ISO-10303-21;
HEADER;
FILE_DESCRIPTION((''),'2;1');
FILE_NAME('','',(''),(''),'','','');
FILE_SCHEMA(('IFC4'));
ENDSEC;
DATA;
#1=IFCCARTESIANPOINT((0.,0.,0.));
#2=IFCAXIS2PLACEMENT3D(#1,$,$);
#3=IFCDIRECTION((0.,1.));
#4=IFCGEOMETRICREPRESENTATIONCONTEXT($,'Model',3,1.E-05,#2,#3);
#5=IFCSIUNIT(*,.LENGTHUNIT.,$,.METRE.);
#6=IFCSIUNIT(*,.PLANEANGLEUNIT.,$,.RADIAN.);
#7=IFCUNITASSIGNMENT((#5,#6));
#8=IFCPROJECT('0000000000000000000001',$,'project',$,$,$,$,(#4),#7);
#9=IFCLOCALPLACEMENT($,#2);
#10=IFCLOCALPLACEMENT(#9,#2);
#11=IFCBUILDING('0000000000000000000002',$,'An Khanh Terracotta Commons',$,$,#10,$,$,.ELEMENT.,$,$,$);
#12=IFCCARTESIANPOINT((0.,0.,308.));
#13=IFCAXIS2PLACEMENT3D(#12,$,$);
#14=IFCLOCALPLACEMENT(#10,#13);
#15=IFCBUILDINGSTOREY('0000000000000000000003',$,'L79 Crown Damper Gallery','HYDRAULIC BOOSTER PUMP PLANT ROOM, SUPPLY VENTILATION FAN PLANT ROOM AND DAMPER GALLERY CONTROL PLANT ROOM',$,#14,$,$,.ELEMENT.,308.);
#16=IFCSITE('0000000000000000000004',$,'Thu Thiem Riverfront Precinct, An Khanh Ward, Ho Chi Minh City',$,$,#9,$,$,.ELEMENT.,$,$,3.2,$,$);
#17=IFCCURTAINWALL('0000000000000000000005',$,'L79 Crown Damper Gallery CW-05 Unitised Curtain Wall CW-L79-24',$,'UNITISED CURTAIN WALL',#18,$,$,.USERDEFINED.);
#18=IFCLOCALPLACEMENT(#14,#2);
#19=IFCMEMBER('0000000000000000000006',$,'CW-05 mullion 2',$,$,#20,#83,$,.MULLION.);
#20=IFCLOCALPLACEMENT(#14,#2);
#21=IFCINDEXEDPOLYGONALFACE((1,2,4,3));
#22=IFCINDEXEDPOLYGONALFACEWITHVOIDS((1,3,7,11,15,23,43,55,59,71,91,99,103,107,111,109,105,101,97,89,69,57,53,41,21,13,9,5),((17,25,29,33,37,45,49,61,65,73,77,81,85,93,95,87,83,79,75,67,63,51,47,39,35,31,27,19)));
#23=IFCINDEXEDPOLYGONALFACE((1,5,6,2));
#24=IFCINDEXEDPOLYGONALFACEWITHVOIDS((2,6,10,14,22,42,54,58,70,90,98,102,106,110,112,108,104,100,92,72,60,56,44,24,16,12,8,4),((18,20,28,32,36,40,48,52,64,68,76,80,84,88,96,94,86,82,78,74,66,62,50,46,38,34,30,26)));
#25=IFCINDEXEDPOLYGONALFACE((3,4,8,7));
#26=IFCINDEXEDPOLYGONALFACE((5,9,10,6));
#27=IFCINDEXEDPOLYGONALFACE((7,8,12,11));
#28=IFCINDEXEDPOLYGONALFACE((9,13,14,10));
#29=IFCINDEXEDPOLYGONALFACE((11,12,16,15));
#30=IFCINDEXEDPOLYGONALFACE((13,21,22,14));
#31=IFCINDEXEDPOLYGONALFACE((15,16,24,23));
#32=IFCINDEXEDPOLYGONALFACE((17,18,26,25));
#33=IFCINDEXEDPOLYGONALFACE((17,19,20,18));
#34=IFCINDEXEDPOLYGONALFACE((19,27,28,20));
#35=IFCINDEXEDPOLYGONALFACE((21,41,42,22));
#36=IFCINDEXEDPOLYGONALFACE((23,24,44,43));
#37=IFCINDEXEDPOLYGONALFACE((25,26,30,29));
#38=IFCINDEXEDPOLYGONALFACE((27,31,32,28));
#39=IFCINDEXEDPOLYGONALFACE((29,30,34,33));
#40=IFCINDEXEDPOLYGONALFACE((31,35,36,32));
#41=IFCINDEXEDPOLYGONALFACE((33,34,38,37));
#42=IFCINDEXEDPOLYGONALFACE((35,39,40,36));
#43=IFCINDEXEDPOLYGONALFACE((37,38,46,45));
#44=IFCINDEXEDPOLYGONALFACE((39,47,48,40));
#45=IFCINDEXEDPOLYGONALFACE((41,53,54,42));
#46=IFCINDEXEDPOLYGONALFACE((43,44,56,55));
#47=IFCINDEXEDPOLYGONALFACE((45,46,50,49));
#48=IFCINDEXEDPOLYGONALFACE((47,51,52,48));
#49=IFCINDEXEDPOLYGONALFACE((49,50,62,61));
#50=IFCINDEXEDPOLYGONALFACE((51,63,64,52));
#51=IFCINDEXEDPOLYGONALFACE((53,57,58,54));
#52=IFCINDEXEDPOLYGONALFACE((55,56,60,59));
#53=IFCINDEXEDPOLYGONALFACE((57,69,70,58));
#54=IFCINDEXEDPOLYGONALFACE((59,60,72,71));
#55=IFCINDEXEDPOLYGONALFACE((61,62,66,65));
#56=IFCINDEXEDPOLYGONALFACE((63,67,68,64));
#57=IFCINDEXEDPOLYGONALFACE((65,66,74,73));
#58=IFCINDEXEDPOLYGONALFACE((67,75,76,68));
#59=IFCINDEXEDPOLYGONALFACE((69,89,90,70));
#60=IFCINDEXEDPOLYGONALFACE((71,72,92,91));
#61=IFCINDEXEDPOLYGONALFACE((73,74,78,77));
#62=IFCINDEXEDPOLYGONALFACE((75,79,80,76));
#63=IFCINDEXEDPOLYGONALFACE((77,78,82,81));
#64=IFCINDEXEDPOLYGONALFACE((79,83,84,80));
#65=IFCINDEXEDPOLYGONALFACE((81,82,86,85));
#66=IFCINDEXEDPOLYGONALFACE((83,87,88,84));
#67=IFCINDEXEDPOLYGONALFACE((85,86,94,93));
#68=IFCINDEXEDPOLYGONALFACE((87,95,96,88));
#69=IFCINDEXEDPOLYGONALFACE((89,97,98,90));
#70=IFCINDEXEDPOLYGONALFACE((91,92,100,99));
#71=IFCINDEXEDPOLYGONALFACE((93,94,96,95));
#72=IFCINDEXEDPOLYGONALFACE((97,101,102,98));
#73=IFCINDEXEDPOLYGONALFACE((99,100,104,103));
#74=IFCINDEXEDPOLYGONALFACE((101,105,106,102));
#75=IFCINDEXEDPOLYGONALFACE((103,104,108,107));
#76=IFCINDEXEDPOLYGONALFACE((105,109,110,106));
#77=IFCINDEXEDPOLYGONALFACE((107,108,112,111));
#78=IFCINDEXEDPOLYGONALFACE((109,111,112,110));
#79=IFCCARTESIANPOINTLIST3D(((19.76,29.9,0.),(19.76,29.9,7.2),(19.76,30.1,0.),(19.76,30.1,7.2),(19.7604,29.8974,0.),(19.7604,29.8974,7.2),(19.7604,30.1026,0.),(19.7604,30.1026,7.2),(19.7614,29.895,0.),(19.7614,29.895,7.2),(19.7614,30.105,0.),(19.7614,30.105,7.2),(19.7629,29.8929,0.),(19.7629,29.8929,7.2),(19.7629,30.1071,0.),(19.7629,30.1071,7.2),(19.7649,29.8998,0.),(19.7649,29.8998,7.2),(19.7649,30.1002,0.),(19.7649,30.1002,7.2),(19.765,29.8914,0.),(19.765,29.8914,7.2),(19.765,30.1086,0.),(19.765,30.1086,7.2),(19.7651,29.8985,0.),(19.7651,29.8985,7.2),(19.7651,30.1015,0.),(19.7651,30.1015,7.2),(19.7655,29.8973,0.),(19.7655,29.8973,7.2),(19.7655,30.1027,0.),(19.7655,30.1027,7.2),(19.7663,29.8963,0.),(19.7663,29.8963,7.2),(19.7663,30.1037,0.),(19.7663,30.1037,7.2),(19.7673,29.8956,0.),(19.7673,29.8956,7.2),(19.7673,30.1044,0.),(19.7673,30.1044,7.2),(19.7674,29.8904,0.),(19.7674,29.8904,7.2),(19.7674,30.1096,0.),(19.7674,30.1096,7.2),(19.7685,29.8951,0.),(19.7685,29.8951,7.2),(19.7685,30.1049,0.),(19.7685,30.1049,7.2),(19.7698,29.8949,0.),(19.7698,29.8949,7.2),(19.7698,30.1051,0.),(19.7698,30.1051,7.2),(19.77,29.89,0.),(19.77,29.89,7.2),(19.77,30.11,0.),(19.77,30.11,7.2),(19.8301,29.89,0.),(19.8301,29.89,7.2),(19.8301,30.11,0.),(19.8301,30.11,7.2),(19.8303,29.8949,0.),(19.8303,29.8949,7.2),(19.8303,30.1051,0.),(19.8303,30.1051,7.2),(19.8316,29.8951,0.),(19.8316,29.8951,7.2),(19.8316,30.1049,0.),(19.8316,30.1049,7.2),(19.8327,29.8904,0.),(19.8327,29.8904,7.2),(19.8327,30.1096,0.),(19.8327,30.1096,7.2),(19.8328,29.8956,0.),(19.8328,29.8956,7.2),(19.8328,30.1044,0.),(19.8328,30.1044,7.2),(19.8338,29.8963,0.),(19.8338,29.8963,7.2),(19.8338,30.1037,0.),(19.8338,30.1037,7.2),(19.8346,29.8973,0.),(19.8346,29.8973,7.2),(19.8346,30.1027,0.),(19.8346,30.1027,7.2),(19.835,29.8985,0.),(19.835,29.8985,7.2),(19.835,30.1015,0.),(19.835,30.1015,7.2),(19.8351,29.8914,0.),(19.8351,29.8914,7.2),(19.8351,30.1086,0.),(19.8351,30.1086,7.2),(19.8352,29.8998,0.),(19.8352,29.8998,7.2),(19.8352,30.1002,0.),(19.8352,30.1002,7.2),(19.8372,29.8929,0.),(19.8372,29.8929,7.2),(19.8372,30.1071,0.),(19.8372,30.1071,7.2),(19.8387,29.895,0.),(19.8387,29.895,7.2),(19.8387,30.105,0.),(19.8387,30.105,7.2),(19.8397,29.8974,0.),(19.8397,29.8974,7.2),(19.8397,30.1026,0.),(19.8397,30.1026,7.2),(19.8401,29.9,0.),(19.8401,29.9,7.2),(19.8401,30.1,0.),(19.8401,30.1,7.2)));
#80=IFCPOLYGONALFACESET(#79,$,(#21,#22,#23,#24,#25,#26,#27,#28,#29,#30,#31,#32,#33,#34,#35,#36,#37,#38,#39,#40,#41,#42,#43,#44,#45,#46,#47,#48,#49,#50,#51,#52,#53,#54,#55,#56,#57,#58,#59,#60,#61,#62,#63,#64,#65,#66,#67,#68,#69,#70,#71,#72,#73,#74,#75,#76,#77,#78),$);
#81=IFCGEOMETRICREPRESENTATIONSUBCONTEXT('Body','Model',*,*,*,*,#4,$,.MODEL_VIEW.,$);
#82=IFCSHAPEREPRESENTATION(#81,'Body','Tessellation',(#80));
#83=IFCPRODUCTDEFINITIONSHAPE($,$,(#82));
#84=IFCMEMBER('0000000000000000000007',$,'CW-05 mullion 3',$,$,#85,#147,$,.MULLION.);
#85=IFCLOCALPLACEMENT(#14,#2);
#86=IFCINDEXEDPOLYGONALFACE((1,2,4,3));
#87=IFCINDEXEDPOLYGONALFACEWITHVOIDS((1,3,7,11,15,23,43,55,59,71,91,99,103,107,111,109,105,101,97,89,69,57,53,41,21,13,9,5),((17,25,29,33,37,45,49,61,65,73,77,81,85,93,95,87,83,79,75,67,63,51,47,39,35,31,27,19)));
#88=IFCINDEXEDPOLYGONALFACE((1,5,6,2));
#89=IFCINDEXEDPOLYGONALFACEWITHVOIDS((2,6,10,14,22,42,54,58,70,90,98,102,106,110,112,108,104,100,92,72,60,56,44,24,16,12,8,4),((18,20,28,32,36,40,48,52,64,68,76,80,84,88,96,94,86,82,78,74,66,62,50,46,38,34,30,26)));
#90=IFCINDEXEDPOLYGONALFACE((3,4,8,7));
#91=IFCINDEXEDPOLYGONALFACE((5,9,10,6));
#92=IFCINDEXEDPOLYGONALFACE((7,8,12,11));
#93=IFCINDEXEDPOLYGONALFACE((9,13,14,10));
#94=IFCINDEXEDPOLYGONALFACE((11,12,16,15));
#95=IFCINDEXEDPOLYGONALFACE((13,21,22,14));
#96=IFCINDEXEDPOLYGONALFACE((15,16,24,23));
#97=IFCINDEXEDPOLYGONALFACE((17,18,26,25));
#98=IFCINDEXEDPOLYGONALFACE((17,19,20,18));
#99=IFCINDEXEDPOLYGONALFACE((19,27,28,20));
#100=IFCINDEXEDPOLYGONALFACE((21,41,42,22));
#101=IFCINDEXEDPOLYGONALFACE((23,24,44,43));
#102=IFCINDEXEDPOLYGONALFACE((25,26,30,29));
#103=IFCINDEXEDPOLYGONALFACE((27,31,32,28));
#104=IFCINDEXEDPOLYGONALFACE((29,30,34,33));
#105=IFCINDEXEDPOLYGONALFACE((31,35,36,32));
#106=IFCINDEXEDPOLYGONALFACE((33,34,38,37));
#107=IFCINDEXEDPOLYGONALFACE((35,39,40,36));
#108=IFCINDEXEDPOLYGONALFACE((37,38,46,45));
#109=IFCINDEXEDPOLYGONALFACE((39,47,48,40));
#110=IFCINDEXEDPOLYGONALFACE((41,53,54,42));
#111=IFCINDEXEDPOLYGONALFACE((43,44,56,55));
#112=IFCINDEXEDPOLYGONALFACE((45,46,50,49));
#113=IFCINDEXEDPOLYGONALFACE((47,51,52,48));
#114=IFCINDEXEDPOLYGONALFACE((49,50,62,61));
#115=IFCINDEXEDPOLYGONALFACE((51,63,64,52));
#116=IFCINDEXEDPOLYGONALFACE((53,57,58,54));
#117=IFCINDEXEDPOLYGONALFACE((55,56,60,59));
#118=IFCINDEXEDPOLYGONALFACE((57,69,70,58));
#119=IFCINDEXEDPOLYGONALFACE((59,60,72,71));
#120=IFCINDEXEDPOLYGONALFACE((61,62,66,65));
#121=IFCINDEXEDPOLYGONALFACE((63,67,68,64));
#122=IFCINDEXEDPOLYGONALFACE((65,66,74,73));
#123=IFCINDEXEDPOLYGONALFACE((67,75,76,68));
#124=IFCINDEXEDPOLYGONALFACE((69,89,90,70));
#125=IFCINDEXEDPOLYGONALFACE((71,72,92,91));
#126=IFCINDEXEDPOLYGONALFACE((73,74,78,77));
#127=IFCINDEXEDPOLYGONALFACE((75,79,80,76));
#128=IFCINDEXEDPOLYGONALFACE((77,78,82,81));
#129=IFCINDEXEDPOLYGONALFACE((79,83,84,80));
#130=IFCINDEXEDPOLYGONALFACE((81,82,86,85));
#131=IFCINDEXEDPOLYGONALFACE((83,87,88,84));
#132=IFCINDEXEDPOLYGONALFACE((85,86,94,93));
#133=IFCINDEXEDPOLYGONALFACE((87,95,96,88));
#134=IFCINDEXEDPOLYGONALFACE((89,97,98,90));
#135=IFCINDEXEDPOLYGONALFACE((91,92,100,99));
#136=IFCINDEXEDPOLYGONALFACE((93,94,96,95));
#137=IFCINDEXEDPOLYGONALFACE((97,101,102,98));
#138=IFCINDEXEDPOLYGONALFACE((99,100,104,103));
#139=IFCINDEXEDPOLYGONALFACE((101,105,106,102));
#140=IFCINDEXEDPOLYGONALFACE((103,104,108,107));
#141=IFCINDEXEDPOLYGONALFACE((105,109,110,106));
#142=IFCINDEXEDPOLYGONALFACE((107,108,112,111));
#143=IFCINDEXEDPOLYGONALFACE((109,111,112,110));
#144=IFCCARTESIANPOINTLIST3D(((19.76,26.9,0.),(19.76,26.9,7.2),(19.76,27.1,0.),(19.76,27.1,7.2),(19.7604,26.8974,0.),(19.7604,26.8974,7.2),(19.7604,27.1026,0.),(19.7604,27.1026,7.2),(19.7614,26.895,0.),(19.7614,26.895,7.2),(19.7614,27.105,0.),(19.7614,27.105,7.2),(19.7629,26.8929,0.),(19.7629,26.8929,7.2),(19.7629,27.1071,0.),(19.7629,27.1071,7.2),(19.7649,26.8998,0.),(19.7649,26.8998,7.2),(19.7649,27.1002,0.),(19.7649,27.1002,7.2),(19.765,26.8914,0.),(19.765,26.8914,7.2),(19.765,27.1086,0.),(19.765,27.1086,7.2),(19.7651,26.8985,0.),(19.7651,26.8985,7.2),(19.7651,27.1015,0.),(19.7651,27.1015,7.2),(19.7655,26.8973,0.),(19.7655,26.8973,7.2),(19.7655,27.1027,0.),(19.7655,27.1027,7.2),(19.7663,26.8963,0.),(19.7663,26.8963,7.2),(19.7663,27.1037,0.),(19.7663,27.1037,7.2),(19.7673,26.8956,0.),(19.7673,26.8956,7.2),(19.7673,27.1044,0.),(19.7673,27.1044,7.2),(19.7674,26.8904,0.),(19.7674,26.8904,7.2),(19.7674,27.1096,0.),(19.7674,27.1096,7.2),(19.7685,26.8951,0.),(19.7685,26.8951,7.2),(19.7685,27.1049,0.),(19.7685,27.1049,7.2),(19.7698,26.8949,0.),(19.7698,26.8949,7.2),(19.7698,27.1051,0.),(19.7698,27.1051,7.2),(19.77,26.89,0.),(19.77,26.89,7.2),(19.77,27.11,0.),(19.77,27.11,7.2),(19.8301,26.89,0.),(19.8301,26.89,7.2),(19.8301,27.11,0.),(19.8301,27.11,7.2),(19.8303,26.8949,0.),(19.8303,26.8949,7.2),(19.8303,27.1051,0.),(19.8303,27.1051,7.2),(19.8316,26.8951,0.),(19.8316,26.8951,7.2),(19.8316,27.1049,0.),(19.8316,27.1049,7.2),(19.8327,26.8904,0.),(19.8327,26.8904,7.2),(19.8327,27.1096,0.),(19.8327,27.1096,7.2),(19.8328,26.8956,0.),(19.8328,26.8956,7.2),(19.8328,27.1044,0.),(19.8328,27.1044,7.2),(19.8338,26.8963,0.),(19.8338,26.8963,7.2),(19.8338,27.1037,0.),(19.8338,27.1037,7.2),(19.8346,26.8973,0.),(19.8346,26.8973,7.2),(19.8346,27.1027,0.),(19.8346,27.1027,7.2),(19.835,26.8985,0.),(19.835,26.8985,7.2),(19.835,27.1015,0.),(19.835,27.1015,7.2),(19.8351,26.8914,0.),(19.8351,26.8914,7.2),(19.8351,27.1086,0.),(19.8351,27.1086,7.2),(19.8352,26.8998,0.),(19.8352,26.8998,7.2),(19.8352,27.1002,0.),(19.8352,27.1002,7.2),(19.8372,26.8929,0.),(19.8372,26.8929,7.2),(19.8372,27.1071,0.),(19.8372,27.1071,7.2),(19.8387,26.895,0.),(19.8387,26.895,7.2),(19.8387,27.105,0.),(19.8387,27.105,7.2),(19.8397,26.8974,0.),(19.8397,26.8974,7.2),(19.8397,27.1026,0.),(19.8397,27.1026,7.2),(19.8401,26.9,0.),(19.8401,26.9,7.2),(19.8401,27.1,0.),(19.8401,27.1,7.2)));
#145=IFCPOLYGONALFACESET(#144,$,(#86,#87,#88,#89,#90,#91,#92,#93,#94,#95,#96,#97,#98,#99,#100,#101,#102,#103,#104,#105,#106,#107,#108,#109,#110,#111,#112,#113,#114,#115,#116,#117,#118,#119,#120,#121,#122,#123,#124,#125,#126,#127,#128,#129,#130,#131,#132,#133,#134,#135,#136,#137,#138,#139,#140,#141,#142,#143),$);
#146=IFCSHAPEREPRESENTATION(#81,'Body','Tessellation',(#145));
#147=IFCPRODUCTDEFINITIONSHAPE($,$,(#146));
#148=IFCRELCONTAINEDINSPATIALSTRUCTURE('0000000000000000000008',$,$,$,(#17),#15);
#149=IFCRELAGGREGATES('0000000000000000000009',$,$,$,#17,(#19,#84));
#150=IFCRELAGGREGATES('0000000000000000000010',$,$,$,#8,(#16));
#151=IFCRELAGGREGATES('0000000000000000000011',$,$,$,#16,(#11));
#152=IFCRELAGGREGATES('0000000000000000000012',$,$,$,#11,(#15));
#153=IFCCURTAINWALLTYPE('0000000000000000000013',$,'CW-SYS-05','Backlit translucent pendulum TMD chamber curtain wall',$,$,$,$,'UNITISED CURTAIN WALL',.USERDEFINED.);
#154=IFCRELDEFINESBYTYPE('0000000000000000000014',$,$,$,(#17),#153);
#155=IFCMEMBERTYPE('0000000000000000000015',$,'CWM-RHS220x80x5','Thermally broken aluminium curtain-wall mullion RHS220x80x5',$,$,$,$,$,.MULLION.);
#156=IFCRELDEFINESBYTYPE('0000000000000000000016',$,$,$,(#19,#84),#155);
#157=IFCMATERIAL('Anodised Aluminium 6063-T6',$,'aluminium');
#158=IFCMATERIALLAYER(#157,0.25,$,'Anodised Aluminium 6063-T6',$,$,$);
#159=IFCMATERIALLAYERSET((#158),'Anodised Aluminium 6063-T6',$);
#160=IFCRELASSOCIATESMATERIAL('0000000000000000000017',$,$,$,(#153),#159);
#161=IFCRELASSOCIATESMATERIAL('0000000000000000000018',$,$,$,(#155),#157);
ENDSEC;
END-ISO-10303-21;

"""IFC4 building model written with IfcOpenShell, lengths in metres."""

from ifc_helpers import new_model, si_unit, direction, frame, origin, origin_2d, place, context, subcontext, project, spatial, hollow_rectangle, extrude, material, layer, layer_set, material_profile, profile_set, type_object, element, aggregate, save


model = new_model("IFC4")

# Units and contexts
model_context = context("Model", 3, precision=1e-05, world=origin(), true_north=direction((0.0, 1.0)))
body_context = subcontext(model_context, "Body", "Model", "MODEL_VIEW")
ifc_project = project(units=[si_unit("LENGTHUNIT", "METRE"), si_unit("PLANEANGLEUNIT", "RADIAN")], contexts=[model_context])

# Site, building, storey
site_placement = place(None, origin())
site = spatial("IfcSite", under=ifc_project, at=site_placement, Name="Thu Thiem Riverfront Precinct, An Khanh Ward, Ho Chi Minh City", CompositionType="ELEMENT", RefElevation=3.2)
building_placement = place(site_placement, origin())
building = spatial("IfcBuilding", under=site, at=building_placement, Name="An Khanh Terracotta Commons", CompositionType="ELEMENT")
storey_placement = place(building_placement, frame((0.0, 0.0, 308.0)))
storey = spatial("IfcBuildingStorey", under=building, at=storey_placement, Name="L79 Crown Damper Gallery", Description="HYDRAULIC BOOSTER PUMP PLANT ROOM, SUPPLY VENTILATION FAN PLANT ROOM AND DAMPER GALLERY CONTROL PLANT ROOM", CompositionType="ELEMENT", Elevation=308.0)

# Curtain wall, members
ifc_material_1 = material(Name="Anodised Aluminium 6063-T6", Category="aluminium")
ifc_layer_1 = layer(ifc_material_1, 0.25, Name="Anodised Aluminium 6063-T6")
ifc_layer_set_1 = layer_set([ifc_layer_1], Name="Anodised Aluminium 6063-T6")
curtain_wall_type = type_object("IfcCurtainWallType", Name="CW-SYS-05", Description="Backlit translucent pendulum TMD chamber curtain wall", ElementType="UNITISED CURTAIN WALL", PredefinedType="USERDEFINED", material=ifc_layer_set_1)
curtain_wall_placement = place(storey_placement, origin())
curtain_wall = element("IfcCurtainWall", 1, at=curtain_wall_placement, inside=storey, type_object=curtain_wall_type, Name="L79 Crown Damper Gallery CW-05 Unitised Curtain Wall CW-L79-24", ObjectType="UNITISED CURTAIN WALL", PredefinedType="USERDEFINED")
ifc_material_profile_1 = material_profile(ifc_material_1, hollow_rectangle(XDim=0.0801, YDim=0.22, WallThickness=0.0049, InnerFilletRadius=0.0049, OuterFilletRadius=0.01, at=origin_2d()), Name="RHS220x80x5")
ifc_profile_set_1 = profile_set([ifc_material_profile_1], Name="Anodised Aluminium 6063-T6")
member_type_1 = type_object("IfcMemberType", Name="CWM-RHS220x80x5", Description="Thermally broken aluminium curtain-wall mullion RHS220x80x5", PredefinedType="MULLION", material=ifc_profile_set_1)
member_1_placement = place(storey_placement, frame((19.8, 30.0, 0.0), z_axis=(0.0, 0.0, 1.0), x_axis=(1.0, 0.0, 0.0)))
member_1 = element("IfcMember", 2, at=member_1_placement, type_object=member_type_1, Name="CW-05 mullion 2", PredefinedType="MULLION", context=body_context, shape_type="SweptSolid", body=[
    extrude(hollow_rectangle(XDim=0.0801, YDim=0.22, WallThickness=0.0049, InnerFilletRadius=0.0049, OuterFilletRadius=0.01, at=origin_2d()), origin(), (0.0, 0.0, 1.0), 7.2),
])
member_2_placement = place(storey_placement, frame((19.8, 27.0, 0.0), z_axis=(0.0, 0.0, 1.0), x_axis=(1.0, 0.0, 0.0)))
member_2 = element("IfcMember", 3, at=member_2_placement, type_object=member_type_1, Name="CW-05 mullion 3", PredefinedType="MULLION", context=body_context, shape_type="SweptSolid", body=[
    extrude(hollow_rectangle(XDim=0.0801, YDim=0.22, WallThickness=0.0049, InnerFilletRadius=0.0049, OuterFilletRadius=0.01, at=origin_2d()), origin(), (0.0, 0.0, 1.0), 7.2),
])
aggregate(curtain_wall, [member_1, member_2])

save(model, "model.ifc")
